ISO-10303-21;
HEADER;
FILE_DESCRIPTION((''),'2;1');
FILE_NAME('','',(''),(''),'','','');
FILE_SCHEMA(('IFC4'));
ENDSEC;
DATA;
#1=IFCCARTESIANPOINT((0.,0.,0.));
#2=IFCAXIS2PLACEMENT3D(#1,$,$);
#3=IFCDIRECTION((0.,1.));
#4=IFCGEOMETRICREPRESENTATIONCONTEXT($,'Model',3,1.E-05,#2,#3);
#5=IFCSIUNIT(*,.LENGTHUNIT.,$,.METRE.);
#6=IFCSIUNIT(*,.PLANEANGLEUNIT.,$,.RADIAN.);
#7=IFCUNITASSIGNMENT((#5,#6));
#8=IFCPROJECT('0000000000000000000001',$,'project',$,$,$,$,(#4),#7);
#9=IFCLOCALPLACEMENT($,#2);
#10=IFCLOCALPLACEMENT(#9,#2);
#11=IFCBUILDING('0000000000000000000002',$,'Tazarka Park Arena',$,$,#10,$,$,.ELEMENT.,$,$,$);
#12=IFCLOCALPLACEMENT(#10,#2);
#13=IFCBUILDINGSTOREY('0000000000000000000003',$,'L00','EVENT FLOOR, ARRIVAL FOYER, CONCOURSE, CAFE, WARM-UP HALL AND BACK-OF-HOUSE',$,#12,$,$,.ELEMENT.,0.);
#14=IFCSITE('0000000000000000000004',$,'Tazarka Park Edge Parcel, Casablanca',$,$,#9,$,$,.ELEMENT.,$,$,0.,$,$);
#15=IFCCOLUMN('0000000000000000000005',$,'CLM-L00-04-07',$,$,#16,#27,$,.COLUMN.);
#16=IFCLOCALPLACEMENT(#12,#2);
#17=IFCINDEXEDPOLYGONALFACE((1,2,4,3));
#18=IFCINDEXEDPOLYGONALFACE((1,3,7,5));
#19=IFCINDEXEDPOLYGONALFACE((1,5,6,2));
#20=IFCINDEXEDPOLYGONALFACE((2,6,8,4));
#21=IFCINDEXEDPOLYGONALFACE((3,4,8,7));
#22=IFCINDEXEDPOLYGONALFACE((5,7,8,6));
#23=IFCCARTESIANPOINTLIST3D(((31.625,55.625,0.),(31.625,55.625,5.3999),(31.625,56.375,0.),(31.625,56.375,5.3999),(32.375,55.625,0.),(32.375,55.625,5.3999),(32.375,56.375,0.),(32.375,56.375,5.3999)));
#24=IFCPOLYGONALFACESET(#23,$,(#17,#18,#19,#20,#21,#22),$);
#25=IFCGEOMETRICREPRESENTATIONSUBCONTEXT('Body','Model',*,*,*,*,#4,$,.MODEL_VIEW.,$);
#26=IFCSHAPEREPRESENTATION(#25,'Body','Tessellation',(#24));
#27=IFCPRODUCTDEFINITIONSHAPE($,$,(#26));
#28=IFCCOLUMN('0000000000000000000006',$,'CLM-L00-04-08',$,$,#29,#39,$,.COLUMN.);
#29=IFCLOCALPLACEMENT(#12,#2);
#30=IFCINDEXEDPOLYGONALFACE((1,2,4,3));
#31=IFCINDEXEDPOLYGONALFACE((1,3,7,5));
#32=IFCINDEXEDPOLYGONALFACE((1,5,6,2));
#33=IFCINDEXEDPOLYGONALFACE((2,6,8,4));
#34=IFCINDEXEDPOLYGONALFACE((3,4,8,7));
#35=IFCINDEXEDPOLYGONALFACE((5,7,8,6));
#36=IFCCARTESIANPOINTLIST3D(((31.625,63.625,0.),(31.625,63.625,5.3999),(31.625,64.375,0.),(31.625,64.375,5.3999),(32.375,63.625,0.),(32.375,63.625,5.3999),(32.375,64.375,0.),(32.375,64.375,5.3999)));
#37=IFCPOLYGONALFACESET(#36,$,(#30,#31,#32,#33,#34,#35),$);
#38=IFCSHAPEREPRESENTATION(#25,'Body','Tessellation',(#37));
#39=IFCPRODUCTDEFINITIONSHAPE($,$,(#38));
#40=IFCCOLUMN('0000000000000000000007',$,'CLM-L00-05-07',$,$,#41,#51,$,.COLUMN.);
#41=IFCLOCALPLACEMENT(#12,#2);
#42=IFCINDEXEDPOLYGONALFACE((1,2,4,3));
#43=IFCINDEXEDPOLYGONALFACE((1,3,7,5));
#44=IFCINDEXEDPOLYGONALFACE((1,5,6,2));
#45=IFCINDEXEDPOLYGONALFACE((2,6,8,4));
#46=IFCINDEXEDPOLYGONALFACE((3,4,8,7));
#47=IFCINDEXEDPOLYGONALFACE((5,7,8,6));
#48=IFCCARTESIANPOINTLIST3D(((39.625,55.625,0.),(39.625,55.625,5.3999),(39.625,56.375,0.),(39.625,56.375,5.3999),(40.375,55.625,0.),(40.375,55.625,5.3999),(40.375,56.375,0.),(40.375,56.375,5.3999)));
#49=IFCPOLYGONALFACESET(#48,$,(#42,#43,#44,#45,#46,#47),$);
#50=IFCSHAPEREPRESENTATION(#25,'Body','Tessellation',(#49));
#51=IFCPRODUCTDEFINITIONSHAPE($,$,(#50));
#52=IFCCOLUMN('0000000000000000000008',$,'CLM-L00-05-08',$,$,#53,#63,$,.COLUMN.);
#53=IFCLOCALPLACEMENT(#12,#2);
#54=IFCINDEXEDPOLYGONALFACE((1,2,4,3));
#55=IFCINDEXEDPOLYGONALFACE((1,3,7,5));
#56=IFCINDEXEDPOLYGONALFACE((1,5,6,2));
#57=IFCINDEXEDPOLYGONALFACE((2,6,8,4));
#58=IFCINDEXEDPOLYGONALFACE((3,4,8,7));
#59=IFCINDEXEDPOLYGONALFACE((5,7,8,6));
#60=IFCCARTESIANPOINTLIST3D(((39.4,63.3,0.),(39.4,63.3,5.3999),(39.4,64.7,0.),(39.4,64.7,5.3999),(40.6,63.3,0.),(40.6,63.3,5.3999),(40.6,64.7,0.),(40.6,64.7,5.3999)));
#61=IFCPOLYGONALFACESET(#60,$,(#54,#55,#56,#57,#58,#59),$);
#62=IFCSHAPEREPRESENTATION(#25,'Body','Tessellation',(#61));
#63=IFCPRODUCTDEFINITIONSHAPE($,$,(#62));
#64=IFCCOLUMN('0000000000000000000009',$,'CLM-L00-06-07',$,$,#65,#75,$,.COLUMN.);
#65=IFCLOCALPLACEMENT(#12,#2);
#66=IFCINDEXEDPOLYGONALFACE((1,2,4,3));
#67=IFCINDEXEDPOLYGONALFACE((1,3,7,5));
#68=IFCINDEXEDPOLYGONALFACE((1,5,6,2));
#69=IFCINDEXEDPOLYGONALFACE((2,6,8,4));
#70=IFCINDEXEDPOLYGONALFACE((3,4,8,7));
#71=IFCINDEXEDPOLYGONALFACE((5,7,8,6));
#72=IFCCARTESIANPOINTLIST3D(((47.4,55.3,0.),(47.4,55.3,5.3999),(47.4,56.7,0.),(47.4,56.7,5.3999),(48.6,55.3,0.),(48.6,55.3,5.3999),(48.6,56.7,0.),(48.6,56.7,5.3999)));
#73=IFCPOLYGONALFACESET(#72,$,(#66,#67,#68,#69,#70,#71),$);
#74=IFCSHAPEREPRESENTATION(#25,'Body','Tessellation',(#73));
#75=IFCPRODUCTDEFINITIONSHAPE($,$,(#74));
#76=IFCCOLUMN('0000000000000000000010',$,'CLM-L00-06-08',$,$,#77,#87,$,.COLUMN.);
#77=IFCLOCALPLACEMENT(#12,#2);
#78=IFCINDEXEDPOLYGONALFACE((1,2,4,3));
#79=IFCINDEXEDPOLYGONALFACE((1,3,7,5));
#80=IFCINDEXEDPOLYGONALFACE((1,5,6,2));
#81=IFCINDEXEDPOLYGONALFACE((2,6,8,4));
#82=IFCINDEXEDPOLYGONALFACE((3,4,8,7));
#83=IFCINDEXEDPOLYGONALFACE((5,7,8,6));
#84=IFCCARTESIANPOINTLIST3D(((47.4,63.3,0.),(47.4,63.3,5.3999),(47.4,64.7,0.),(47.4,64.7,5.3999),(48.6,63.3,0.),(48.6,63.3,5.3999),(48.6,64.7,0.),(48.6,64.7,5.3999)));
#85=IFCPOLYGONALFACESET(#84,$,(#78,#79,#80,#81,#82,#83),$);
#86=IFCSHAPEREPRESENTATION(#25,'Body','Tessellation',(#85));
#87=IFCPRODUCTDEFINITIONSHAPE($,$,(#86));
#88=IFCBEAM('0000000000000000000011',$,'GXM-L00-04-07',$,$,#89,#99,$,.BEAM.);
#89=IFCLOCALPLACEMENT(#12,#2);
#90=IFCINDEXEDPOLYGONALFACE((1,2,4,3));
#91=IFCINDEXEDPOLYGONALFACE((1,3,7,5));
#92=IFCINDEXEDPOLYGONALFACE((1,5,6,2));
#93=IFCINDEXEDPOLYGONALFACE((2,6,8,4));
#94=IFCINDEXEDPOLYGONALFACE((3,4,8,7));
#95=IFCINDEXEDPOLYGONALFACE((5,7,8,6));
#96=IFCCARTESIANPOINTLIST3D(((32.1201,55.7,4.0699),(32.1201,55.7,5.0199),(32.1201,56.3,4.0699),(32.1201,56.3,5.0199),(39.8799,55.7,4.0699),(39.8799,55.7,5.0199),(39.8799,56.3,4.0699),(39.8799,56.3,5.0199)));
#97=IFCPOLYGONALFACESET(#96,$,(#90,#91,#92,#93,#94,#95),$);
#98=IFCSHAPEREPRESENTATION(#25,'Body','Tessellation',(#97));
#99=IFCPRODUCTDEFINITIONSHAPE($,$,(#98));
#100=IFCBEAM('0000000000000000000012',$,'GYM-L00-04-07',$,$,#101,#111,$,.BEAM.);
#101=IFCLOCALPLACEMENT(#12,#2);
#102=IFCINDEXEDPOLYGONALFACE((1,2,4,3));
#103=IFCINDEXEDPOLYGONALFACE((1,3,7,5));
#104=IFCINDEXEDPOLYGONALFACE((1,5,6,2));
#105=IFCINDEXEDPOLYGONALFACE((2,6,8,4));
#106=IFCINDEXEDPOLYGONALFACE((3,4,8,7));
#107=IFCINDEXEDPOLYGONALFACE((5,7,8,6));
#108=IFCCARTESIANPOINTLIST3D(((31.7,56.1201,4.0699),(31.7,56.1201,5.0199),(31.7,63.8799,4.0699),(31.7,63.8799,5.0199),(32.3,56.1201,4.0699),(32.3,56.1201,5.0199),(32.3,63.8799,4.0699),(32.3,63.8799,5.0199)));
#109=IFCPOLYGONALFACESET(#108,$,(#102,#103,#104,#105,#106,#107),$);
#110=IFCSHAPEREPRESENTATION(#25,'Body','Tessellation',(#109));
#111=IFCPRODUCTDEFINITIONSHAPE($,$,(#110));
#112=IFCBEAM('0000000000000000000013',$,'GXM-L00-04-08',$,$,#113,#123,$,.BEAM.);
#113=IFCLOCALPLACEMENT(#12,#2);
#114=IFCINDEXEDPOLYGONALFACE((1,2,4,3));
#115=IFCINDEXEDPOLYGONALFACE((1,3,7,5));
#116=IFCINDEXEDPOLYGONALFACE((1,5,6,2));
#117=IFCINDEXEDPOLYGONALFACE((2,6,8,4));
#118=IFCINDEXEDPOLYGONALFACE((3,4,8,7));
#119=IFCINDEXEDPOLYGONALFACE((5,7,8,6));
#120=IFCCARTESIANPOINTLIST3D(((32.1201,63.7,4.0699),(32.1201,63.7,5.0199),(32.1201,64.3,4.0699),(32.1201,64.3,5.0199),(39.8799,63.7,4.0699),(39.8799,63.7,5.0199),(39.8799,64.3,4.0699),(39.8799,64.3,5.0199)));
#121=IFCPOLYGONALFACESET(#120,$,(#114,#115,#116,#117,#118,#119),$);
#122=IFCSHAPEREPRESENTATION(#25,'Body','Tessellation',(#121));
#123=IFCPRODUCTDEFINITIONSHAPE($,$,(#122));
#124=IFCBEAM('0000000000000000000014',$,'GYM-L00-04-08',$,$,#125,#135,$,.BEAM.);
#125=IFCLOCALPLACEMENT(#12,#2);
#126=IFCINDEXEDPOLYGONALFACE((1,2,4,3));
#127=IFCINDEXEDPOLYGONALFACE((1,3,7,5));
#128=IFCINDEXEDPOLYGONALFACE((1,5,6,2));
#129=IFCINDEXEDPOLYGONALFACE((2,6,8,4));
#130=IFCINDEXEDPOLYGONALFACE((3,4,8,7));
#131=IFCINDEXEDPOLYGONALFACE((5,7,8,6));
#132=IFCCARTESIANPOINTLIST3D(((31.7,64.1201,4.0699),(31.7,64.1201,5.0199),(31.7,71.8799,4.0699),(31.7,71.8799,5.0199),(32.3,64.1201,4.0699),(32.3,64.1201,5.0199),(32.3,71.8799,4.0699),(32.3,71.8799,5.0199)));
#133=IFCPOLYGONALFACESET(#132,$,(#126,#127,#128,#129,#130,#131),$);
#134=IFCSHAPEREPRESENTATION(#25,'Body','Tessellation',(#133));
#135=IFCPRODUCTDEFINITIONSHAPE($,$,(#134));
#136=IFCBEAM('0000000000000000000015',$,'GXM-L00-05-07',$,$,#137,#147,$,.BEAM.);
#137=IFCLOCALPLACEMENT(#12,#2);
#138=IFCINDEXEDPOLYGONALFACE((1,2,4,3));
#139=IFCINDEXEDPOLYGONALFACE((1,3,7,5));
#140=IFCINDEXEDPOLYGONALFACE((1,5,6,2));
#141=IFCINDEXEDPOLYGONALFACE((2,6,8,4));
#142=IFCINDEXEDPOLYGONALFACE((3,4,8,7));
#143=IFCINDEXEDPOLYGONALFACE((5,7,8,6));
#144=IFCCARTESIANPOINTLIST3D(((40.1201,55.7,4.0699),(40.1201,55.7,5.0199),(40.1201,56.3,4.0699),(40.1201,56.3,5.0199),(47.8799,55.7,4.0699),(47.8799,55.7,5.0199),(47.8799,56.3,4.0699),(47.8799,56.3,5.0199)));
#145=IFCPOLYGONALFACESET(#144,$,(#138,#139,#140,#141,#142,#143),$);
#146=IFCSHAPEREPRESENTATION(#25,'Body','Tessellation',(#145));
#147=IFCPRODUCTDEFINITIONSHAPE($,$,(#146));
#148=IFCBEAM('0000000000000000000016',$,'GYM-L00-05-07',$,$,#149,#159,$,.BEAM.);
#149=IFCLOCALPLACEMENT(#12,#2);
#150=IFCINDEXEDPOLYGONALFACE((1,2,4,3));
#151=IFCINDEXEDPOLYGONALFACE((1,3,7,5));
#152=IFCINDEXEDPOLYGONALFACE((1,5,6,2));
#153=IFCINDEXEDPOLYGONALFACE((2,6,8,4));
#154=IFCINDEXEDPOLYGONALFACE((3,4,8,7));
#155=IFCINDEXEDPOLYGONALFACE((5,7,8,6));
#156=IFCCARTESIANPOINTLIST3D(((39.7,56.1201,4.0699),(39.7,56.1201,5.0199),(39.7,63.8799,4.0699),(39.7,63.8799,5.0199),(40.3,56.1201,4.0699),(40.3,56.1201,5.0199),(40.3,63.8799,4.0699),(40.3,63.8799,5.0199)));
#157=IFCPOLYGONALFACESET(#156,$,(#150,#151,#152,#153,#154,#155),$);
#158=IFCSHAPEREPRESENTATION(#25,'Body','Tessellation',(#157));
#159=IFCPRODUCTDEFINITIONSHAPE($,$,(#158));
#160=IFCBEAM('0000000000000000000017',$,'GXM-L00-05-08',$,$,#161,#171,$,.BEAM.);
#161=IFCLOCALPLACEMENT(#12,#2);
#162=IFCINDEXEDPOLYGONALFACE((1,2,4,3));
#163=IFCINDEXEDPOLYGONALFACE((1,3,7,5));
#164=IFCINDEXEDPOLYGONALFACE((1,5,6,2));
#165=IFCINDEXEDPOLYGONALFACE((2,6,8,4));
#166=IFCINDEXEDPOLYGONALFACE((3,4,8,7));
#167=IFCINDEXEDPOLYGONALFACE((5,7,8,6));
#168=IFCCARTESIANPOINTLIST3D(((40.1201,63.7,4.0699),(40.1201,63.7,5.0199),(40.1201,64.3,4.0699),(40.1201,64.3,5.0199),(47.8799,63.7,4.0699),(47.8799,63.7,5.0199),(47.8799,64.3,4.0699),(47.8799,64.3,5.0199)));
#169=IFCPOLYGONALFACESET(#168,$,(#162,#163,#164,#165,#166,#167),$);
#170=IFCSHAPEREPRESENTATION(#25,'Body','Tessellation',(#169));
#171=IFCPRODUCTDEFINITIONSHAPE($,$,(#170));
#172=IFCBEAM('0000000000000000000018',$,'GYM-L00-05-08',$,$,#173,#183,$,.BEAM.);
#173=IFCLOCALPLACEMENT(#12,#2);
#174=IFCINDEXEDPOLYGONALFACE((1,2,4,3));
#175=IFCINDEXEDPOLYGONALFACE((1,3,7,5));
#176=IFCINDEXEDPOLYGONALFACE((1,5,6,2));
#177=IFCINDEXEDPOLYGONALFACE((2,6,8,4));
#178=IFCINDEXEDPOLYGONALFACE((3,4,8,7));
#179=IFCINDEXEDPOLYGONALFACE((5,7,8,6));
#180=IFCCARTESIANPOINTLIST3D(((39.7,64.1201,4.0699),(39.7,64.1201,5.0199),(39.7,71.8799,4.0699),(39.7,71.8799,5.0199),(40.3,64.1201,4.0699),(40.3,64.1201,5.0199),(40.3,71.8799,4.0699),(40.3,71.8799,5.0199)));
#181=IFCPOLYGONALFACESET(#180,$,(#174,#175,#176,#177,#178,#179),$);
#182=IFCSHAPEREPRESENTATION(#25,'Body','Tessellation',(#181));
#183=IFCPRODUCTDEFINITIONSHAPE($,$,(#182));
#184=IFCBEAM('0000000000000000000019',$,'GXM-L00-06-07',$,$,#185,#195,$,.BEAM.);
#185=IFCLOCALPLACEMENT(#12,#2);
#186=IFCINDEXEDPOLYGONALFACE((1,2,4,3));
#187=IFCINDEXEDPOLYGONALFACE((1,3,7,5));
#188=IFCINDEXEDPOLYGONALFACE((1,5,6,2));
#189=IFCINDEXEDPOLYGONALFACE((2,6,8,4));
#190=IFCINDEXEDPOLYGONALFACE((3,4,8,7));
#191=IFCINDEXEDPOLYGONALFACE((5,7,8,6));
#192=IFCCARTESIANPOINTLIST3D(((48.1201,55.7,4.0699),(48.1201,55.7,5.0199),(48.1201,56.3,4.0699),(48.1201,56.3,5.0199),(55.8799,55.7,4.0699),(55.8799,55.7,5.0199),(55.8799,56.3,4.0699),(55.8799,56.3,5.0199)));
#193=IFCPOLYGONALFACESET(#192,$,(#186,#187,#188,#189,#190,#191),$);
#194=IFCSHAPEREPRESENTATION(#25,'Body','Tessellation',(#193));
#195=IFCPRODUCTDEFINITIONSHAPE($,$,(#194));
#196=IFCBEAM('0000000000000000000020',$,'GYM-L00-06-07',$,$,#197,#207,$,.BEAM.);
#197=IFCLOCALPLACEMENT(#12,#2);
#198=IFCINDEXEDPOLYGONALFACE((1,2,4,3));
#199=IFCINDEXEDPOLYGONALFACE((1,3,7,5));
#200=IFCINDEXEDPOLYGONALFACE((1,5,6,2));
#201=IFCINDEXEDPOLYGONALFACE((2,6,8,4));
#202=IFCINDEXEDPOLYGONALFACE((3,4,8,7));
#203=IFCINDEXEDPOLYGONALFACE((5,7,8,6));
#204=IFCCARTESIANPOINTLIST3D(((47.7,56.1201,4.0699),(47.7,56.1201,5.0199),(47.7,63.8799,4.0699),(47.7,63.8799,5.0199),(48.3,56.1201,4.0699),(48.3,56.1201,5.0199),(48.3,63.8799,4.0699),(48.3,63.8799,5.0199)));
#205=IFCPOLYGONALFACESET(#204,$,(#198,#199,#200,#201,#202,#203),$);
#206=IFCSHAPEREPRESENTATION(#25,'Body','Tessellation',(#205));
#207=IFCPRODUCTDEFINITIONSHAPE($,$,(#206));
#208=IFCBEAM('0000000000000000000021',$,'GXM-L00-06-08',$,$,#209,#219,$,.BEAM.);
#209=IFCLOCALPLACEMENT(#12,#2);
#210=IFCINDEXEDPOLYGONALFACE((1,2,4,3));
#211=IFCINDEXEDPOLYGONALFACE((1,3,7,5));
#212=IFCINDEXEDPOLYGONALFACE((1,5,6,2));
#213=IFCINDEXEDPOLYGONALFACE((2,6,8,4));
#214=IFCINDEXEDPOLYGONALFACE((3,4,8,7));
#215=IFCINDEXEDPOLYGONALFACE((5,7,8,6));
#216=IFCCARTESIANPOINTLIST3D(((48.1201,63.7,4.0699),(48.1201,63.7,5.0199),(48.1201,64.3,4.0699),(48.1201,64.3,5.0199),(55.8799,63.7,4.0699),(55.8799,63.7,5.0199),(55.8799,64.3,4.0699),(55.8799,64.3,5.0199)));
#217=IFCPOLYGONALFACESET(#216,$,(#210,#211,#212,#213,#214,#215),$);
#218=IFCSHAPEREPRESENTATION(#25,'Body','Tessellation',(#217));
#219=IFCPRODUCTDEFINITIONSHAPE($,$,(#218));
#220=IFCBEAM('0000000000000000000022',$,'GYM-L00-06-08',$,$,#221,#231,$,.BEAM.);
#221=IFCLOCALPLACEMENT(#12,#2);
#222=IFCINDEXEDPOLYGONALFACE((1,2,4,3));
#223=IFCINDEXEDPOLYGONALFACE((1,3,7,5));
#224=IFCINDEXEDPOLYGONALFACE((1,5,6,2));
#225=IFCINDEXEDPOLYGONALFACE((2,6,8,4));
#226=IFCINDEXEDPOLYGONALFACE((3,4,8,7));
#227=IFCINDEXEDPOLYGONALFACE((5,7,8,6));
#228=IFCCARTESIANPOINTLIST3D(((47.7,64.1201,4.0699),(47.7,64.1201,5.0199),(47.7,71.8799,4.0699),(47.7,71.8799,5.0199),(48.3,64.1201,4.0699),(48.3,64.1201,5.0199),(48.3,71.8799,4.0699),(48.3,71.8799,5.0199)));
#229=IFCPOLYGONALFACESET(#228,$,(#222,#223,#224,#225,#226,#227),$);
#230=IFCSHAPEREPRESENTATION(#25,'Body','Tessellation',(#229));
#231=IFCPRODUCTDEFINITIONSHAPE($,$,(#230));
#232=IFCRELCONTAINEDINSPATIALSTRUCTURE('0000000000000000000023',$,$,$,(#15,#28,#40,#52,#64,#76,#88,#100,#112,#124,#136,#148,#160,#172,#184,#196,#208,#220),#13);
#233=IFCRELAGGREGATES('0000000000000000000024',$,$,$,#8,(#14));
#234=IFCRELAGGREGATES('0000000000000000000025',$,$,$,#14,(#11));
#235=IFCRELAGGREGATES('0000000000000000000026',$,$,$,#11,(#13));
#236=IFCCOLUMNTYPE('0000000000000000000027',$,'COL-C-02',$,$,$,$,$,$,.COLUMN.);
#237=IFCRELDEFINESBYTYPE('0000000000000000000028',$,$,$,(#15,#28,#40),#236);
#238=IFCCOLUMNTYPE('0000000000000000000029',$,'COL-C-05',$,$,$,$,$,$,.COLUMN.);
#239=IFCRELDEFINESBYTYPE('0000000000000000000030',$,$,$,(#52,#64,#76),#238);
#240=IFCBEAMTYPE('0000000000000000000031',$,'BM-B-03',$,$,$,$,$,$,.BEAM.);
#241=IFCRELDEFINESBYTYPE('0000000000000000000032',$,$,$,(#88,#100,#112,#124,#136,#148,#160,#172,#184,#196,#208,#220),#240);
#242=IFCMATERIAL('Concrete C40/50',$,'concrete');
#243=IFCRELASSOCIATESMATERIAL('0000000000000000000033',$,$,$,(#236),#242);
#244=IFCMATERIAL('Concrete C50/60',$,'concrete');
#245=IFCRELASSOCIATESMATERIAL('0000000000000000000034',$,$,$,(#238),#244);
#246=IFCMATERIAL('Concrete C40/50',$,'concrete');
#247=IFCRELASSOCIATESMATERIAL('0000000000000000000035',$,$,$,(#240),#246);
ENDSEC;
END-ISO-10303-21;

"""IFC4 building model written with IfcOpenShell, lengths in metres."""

from ifc_helpers import new_model, si_unit, direction, frame, origin, origin_2d, place, context, subcontext, project, spatial, rectangle, extrude, material, material_profile, profile_set, type_object, element, save


model = new_model("IFC4")

# Units and contexts
model_context = context("Model", 3, precision=1e-05, world=origin(), true_north=direction((0.0, 1.0)))
body_context = subcontext(model_context, "Body", "Model", "MODEL_VIEW")
ifc_project = project(units=[si_unit("LENGTHUNIT", "METRE"), si_unit("PLANEANGLEUNIT", "RADIAN")], contexts=[model_context])

# Site, building, storey
site_placement = place(None, origin())
site = spatial("IfcSite", under=ifc_project, at=site_placement, Name="Tazarka Park Edge Parcel, Casablanca", CompositionType="ELEMENT", RefElevation=0.0)
building_placement = place(site_placement, origin())
building = spatial("IfcBuilding", under=site, at=building_placement, Name="Tazarka Park Arena", CompositionType="ELEMENT")
storey_placement = place(building_placement, origin())
storey = spatial("IfcBuildingStorey", under=building, at=storey_placement, Name="L00", Description="EVENT FLOOR, ARRIVAL FOYER, CONCOURSE, CAFE, WARM-UP HALL AND BACK-OF-HOUSE", CompositionType="ELEMENT", Elevation=0.0)

# Columns
ifc_material_1 = material(Name="Concrete C40/50", Category="concrete")
ifc_material_profile_1 = material_profile(ifc_material_1, rectangle(XDim=0.75, YDim=0.75, at=origin_2d()), Name="Concrete C40/50")
ifc_profile_set_1 = profile_set([ifc_material_profile_1], Name="Concrete C40/50")
column_type_1 = type_object("IfcColumnType", Name="COL-C-02", PredefinedType="COLUMN", material=ifc_profile_set_1)
for number, where, z_axis, x_axis, name in (
    (1, (32.0, 56.0, 0.0), (0.0, 0.0, 1.0), (1.0, 0.0, 0.0), "CLM-L00-04-07"),
    (2, (32.0, 64.0, 0.0), (0.0, 0.0, 1.0), (1.0, 0.0, 0.0), "CLM-L00-04-08"),
    (3, (40.0, 56.0, 0.0), (0.0, 0.0, 1.0), (1.0, 0.0, 0.0), "CLM-L00-05-07"),
):
    element("IfcColumn", number, at=place(storey_placement, frame(where, z_axis=z_axis, x_axis=x_axis)), inside=storey, type_object=column_type_1, Name=name, PredefinedType="COLUMN", context=body_context, shape_type="SweptSolid", body=[
        extrude(rectangle(XDim=0.75, YDim=0.75, at=origin_2d()), origin(), (0.0, 0.0, 1.0), 5.3999),
    ])
ifc_material_2 = material(Name="Concrete C50/60", Category="concrete")
ifc_material_profile_2 = material_profile(ifc_material_2, rectangle(XDim=1.2, YDim=1.3999, at=origin_2d()), Name="Concrete C50/60")
ifc_profile_set_2 = profile_set([ifc_material_profile_2], Name="Concrete C50/60")
column_type_2 = type_object("IfcColumnType", Name="COL-C-05", PredefinedType="COLUMN", material=ifc_profile_set_2)
for number, where, z_axis, x_axis, name in (
    (4, (40.0, 64.0, 0.0), (0.0, 0.0, 1.0), (1.0, 0.0, 0.0), "CLM-L00-05-08"),
    (5, (48.0, 56.0, 0.0), (0.0, 0.0, 1.0), (1.0, 0.0, 0.0), "CLM-L00-06-07"),
    (6, (48.0, 64.0, 0.0), (0.0, 0.0, 1.0), (1.0, 0.0, 0.0), "CLM-L00-06-08"),
):
    element("IfcColumn", number, at=place(storey_placement, frame(where, z_axis=z_axis, x_axis=x_axis)), inside=storey, type_object=column_type_2, Name=name, PredefinedType="COLUMN", context=body_context, shape_type="SweptSolid", body=[
        extrude(rectangle(XDim=1.2, YDim=1.3999, at=origin_2d()), origin(), (0.0, 0.0, 1.0), 5.3999),
    ])

# Beams
ifc_material_3 = material(Name="Concrete C40/50", Category="concrete")
ifc_material_profile_3 = material_profile(ifc_material_3, rectangle(XDim=0.6001, YDim=0.95, at=origin_2d()), Name="Concrete C40/50")
ifc_profile_set_3 = profile_set([ifc_material_profile_3], Name="Concrete C40/50")
beam_type_1 = type_object("IfcBeamType", Name="BM-B-03", PredefinedType="BEAM", material=ifc_profile_set_3)
for number, where, z_axis, x_axis, name in (
    (7, (32.1201, 56.0, 4.5449), (1.0, 0.0, 0.0), (0.0, 1.0, 0.0), "GXM-L00-04-07"),
    (8, (32.0, 56.1201, 4.5449), (0.0, 1.0, 0.0), (-1.0, 0.0, 0.0), "GYM-L00-04-07"),
    (9, (32.1201, 64.0, 4.5449), (1.0, 0.0, 0.0), (0.0, 1.0, 0.0), "GXM-L00-04-08"),
    (10, (32.0, 64.1201, 4.5449), (0.0, 1.0, 0.0), (-1.0, 0.0, 0.0), "GYM-L00-04-08"),
    (11, (40.1201, 56.0, 4.5449), (1.0, 0.0, 0.0), (0.0, 1.0, 0.0), "GXM-L00-05-07"),
    (12, (40.0, 56.1201, 4.5449), (0.0, 1.0, 0.0), (-1.0, 0.0, 0.0), "GYM-L00-05-07"),
    (13, (40.1201, 64.0, 4.5449), (1.0, 0.0, 0.0), (0.0, 1.0, 0.0), "GXM-L00-05-08"),
    (14, (40.0, 64.1201, 4.5449), (0.0, 1.0, 0.0), (-1.0, 0.0, 0.0), "GYM-L00-05-08"),
    (15, (48.1201, 56.0, 4.5449), (1.0, 0.0, 0.0), (0.0, 1.0, 0.0), "GXM-L00-06-07"),
    (16, (48.0, 56.1201, 4.5449), (0.0, 1.0, 0.0), (-1.0, 0.0, 0.0), "GYM-L00-06-07"),
    (17, (48.1201, 64.0, 4.5449), (1.0, 0.0, 0.0), (0.0, 1.0, 0.0), "GXM-L00-06-08"),
    (18, (48.0, 64.1201, 4.5449), (0.0, 1.0, 0.0), (-1.0, 0.0, 0.0), "GYM-L00-06-08"),
):
    element("IfcBeam", number, at=place(storey_placement, frame(where, z_axis=z_axis, x_axis=x_axis)), inside=storey, type_object=beam_type_1, Name=name, PredefinedType="BEAM", context=body_context, shape_type="SweptSolid", body=[
        extrude(rectangle(XDim=0.6001, YDim=0.95, at=origin_2d()), origin(), (0.0, 0.0, 1.0), 7.7598),
    ])

save(model, "model.ifc")
